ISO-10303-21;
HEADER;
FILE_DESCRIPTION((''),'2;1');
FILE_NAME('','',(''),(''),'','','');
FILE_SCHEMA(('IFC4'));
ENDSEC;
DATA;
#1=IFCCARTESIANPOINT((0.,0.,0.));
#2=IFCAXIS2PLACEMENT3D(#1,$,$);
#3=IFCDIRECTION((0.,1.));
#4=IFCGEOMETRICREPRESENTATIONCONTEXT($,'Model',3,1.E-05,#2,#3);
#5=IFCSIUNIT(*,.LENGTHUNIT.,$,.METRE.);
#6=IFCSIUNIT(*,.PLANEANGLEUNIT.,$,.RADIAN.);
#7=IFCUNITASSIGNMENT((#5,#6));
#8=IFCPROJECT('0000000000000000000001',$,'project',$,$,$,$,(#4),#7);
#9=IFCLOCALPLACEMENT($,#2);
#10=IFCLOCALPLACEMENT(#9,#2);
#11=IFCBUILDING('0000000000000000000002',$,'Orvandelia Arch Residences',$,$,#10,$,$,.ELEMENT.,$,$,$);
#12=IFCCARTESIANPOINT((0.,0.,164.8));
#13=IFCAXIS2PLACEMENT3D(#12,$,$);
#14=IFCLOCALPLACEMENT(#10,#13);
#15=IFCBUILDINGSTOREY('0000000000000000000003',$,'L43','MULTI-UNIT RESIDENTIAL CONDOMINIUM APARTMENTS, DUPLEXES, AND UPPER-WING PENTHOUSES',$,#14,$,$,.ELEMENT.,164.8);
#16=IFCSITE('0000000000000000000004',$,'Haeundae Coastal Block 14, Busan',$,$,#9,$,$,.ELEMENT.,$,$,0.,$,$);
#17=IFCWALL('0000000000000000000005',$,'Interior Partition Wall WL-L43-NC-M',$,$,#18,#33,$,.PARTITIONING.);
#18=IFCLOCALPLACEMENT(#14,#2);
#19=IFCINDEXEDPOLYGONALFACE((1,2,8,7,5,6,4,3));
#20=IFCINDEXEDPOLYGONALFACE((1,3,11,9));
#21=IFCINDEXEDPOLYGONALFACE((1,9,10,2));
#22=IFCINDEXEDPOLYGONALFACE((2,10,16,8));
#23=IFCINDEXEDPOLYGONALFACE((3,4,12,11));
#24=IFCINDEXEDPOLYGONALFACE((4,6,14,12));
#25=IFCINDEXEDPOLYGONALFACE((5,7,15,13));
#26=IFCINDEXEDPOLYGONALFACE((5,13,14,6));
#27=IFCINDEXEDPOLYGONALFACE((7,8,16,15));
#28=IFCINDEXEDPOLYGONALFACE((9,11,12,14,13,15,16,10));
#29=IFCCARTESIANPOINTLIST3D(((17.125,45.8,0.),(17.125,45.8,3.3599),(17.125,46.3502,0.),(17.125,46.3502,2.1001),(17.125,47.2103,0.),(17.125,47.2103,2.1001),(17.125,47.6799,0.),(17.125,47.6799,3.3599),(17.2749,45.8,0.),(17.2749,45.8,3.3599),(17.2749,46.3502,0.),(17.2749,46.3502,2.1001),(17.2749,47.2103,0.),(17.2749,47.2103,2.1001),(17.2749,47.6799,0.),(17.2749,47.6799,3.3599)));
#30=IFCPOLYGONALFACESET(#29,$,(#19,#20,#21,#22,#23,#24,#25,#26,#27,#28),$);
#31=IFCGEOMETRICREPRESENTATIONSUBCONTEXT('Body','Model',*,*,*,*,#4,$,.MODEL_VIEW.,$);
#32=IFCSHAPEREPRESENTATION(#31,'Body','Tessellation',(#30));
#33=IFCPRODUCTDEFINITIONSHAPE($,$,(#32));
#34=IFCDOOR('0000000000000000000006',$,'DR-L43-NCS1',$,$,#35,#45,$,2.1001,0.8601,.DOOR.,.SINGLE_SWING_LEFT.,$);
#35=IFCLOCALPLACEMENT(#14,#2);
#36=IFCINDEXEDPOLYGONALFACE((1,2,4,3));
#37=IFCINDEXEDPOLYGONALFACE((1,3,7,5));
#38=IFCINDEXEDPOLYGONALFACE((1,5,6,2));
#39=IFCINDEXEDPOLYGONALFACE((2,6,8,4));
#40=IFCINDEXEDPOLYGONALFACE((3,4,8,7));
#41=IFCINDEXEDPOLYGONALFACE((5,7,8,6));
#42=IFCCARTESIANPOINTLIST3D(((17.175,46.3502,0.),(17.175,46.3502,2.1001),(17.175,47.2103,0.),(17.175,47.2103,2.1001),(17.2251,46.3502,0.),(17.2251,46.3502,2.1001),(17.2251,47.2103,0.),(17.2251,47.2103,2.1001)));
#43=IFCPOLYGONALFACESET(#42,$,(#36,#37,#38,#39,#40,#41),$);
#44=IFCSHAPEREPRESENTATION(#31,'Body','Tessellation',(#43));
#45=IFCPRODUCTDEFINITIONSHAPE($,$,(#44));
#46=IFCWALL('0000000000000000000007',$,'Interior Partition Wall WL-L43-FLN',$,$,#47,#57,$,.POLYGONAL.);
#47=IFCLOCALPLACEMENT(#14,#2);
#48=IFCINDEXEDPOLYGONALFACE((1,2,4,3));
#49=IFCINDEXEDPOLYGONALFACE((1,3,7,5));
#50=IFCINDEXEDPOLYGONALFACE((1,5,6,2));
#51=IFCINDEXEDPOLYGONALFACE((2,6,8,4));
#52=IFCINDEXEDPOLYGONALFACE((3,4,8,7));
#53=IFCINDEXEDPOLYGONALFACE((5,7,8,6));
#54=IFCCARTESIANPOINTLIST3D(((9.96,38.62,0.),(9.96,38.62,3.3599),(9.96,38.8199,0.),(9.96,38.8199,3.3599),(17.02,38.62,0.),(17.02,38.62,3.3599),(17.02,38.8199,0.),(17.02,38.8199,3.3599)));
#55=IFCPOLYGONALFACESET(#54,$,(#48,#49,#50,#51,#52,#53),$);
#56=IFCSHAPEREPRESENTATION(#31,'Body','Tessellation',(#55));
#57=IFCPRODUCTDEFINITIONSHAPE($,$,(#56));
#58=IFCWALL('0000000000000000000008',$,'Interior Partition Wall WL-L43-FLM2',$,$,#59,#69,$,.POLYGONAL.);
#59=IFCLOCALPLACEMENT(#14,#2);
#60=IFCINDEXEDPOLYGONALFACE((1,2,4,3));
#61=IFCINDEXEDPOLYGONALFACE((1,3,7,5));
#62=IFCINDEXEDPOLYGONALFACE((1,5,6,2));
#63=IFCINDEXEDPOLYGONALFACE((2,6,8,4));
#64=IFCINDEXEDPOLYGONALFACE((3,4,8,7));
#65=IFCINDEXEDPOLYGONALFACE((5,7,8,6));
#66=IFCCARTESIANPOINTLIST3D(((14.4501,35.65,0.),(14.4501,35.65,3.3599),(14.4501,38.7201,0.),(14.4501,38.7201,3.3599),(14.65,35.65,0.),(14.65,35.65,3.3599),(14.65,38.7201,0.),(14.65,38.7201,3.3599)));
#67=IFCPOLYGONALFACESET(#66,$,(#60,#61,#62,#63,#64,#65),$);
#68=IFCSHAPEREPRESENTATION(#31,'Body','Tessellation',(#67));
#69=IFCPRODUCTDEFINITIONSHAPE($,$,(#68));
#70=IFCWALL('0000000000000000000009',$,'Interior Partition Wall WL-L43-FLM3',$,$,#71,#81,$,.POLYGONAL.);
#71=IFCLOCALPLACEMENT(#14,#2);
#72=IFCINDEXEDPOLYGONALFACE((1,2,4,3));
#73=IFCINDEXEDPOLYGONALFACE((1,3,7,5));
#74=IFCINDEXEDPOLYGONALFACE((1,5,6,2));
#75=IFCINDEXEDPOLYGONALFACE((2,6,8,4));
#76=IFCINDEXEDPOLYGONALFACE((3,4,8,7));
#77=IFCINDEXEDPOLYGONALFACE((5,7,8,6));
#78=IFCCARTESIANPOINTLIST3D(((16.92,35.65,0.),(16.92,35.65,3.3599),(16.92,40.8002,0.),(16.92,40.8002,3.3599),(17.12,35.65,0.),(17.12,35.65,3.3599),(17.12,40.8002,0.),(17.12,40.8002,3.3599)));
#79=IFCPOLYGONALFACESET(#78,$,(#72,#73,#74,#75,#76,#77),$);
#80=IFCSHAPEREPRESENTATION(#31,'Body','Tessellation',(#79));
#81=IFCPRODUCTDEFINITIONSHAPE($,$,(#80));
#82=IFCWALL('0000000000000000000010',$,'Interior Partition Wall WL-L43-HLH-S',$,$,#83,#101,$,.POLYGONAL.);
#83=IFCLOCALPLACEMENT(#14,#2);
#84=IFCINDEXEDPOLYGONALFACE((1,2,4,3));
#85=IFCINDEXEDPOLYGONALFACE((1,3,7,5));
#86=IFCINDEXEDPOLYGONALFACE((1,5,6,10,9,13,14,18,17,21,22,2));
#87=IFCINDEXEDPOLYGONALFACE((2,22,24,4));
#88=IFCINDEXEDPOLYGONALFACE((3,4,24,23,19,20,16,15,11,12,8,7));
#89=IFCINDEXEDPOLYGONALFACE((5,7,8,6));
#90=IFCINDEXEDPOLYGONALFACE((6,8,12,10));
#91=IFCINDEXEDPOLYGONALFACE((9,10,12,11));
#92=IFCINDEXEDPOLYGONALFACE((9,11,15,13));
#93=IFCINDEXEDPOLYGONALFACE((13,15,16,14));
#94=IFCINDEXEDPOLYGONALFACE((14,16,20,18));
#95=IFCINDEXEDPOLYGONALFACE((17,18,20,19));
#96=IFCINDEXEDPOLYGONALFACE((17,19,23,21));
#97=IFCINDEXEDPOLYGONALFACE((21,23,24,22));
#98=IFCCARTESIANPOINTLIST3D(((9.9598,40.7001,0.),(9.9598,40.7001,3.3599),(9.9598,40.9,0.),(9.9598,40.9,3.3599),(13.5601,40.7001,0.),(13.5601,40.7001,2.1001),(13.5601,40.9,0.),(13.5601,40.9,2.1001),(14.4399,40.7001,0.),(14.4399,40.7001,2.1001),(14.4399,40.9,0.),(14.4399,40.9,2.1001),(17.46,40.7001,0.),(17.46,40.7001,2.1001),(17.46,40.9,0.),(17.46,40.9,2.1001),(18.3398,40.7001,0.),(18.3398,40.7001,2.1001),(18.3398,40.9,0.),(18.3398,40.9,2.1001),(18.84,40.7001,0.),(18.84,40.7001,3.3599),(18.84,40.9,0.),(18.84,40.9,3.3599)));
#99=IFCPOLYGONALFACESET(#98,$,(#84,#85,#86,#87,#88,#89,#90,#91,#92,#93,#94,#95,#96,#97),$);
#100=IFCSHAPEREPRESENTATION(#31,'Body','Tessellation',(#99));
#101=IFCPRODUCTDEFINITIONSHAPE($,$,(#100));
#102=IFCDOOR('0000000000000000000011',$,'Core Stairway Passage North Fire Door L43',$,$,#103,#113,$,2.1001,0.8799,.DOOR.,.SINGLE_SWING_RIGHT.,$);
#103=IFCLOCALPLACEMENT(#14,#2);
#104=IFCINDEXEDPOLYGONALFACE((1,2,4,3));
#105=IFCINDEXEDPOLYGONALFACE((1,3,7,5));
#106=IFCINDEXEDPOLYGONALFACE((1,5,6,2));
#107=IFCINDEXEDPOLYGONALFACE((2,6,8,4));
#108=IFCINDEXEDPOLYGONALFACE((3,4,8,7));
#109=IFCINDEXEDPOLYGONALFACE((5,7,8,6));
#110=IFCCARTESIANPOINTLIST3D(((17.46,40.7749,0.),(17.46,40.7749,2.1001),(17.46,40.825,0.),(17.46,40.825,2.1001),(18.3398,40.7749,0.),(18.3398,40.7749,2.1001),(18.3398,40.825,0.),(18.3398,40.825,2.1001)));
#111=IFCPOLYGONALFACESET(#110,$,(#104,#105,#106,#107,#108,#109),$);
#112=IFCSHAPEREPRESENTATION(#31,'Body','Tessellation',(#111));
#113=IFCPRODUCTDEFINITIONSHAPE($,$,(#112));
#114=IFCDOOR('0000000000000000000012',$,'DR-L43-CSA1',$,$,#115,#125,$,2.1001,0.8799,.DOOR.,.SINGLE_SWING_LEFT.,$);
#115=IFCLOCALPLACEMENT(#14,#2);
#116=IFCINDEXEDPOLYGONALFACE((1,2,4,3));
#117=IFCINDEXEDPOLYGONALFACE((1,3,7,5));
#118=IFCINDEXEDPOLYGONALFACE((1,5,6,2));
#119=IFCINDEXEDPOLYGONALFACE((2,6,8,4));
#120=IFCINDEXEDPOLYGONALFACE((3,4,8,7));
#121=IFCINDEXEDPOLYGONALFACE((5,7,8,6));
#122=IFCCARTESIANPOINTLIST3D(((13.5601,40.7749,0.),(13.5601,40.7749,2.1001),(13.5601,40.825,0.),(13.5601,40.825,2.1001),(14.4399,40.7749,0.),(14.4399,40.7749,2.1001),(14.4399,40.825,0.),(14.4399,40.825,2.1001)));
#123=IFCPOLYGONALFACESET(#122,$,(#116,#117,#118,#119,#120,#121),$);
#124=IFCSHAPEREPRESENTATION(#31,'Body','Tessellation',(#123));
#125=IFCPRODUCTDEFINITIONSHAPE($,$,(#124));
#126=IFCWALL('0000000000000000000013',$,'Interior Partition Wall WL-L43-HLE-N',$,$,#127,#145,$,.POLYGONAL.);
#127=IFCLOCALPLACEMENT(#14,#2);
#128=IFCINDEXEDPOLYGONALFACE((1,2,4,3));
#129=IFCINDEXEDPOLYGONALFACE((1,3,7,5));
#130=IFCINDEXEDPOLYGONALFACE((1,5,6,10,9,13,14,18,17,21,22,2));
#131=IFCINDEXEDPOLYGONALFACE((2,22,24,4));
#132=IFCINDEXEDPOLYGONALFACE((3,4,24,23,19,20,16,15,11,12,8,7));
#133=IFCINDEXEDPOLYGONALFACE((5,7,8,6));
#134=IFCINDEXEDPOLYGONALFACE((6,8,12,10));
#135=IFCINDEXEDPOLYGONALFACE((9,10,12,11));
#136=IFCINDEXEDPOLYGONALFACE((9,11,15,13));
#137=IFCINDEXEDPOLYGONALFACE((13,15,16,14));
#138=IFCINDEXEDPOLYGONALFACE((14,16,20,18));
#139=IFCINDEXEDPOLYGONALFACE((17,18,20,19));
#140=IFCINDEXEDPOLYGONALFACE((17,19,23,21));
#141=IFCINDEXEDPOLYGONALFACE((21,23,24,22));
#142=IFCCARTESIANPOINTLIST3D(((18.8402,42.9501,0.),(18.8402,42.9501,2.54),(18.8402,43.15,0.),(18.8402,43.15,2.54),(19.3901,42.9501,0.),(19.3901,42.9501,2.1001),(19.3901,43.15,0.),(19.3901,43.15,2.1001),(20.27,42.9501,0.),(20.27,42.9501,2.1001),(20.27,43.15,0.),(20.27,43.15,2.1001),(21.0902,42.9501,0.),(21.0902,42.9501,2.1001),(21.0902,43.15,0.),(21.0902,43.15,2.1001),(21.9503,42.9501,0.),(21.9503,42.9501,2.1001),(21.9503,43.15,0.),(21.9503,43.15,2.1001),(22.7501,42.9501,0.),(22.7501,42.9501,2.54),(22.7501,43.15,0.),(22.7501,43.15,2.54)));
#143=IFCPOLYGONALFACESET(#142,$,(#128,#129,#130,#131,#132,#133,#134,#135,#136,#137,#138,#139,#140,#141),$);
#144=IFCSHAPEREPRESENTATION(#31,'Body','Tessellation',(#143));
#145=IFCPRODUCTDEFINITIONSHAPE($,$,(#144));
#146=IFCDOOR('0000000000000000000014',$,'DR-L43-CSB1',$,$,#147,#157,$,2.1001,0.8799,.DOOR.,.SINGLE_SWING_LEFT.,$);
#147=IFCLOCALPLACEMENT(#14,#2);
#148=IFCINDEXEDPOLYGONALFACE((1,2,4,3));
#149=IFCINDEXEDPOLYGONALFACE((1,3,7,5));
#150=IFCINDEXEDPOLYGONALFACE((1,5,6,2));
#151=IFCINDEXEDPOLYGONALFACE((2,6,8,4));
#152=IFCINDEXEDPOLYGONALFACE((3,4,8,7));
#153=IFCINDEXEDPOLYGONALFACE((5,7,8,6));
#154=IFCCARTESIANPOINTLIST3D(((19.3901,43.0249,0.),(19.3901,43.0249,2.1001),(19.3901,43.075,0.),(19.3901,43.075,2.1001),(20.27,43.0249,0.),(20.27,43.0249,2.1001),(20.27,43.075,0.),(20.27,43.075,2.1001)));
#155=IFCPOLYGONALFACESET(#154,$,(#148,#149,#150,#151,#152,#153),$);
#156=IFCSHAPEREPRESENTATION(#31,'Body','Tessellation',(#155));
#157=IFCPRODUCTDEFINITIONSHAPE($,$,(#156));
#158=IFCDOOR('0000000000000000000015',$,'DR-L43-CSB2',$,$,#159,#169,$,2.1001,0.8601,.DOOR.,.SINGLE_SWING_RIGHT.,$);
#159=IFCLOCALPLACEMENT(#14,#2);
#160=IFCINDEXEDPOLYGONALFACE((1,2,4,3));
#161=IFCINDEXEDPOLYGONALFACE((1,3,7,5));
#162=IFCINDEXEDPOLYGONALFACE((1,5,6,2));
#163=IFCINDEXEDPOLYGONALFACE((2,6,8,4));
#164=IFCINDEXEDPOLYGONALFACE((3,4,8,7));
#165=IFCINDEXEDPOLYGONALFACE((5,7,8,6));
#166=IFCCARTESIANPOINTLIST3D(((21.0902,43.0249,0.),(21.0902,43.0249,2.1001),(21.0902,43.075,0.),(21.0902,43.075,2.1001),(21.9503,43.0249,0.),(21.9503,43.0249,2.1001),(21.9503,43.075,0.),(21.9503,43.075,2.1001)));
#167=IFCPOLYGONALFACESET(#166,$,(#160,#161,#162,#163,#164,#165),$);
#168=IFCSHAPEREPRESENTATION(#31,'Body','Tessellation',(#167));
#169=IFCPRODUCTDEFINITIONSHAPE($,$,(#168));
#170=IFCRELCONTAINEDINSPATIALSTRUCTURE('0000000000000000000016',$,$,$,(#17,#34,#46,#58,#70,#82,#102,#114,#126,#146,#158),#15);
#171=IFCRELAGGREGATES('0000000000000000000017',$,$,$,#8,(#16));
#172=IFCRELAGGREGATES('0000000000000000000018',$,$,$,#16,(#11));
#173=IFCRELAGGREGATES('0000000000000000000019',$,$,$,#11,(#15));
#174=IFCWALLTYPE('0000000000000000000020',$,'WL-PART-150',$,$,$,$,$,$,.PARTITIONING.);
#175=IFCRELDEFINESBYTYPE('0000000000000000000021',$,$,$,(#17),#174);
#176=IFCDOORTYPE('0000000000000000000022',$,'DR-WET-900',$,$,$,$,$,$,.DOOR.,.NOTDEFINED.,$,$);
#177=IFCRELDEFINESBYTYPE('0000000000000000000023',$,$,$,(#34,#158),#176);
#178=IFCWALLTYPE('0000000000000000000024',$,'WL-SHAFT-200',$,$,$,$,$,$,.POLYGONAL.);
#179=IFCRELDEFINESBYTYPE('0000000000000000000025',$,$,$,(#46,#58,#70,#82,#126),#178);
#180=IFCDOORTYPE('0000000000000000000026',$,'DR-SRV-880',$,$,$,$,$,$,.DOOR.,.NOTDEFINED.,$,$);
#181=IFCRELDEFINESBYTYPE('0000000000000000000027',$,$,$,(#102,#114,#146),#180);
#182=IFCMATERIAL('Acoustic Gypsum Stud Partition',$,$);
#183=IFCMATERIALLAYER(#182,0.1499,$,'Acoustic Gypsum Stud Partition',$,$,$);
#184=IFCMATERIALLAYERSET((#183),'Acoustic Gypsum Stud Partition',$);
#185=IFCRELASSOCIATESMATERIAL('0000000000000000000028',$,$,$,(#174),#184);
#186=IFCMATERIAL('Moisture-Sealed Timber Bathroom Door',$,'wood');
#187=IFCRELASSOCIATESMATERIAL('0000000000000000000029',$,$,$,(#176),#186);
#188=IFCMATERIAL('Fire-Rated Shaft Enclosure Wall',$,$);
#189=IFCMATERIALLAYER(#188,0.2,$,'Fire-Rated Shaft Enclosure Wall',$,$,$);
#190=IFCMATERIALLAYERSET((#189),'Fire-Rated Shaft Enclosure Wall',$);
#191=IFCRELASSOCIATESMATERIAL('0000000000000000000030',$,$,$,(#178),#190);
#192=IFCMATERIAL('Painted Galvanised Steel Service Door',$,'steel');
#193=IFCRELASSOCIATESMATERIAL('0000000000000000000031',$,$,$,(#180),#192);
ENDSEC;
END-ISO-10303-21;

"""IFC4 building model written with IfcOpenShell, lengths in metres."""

from ifc_helpers import new_model, si_unit, direction, frame, frame_2d, origin, place, context, subcontext, project, spatial, rectangle, extrude, material, layer, layer_set, type_object, element, fill, save


model = new_model("IFC4")

# Units and contexts
model_context = context("Model", 3, precision=1e-05, world=origin(), true_north=direction((0.0, 1.0)))
body_context = subcontext(model_context, "Body", "Model", "MODEL_VIEW")
ifc_project = project(units=[si_unit("LENGTHUNIT", "METRE"), si_unit("PLANEANGLEUNIT", "RADIAN")], contexts=[model_context])

# Site, building, storey
site_placement = place(None, origin())
site = spatial("IfcSite", under=ifc_project, at=site_placement, Name="Haeundae Coastal Block 14, Busan", CompositionType="ELEMENT", RefElevation=0.0)
building_placement = place(site_placement, origin())
building = spatial("IfcBuilding", under=site, at=building_placement, Name="Orvandelia Arch Residences", CompositionType="ELEMENT")
storey_placement = place(building_placement, frame((0.0, 0.0, 164.8)))
storey = spatial("IfcBuildingStorey", under=building, at=storey_placement, Name="L43", Description="MULTI-UNIT RESIDENTIAL CONDOMINIUM APARTMENTS, DUPLEXES, AND UPPER-WING PENTHOUSES", CompositionType="ELEMENT", Elevation=164.8)

# Wall, opening, door
ifc_material_1 = material(Name="Acoustic Gypsum Stud Partition")
ifc_layer_1 = layer(ifc_material_1, 0.1499, Name="Acoustic Gypsum Stud Partition")
ifc_layer_set_1 = layer_set([ifc_layer_1], Name="Acoustic Gypsum Stud Partition")
wall_type_1 = type_object("IfcWallType", Name="WL-PART-150", PredefinedType="PARTITIONING", material=ifc_layer_set_1)
wall_1_placement = place(storey_placement, frame((17.2, 45.8, 0.0), z_axis=(0.0, 0.0, 1.0), x_axis=(0.0, 1.0, 0.0)))
wall_1 = element("IfcWall", 1, at=wall_1_placement, inside=storey, type_object=wall_type_1, Name="Interior Partition Wall WL-L43-NC-M", PredefinedType="PARTITIONING", context=body_context, shape_type="SweptSolid", body=[
    extrude(rectangle(XDim=1.8799, YDim=0.1499, at=frame_2d((0.9399, 0.0))), origin(), (0.0, 0.0, 1.0), 3.3599),
])
opening_1_placement = place(wall_1_placement, frame((0.55, 0.0, 0.0)))
opening_1 = element("IfcOpeningElement", 2, at=opening_1_placement, cuts=wall_1, PredefinedType="OPENING", context=body_context, shape_type="SweptSolid", body=[
    extrude(rectangle(XDim=0.8601, YDim=2.1001, at=frame_2d((0.4302, 1.05))), frame((0.0, 0.085, 0.0), z_axis=(0.0, -1.0, 0.0), x_axis=(1.0, 0.0, 0.0)), (0.0, 0.0, 1.0), 0.1699),
])
ifc_material_2 = material(Name="Moisture-Sealed Timber Bathroom Door", Category="wood")
door_type_1 = type_object("IfcDoorType", Name="DR-WET-900", OperationType="NOTDEFINED", PredefinedType="DOOR", material=ifc_material_2)
door_1_placement = place(opening_1_placement, origin())
door_1 = element("IfcDoor", 3, at=door_1_placement, inside=storey, type_object=door_type_1, Name="DR-L43-NCS1", OperationType="SINGLE_SWING_LEFT", OverallHeight=2.1001, OverallWidth=0.8601, PredefinedType="DOOR", context=body_context, shape_type="SweptSolid", body=[
    extrude(rectangle(XDim=0.8601, YDim=2.1001, at=frame_2d((0.4302, 1.05))), frame((0.0, 0.0249, 0.0), z_axis=(0.0, -1.0, 0.0), x_axis=(1.0, 0.0, 0.0)), (0.0, 0.0, 1.0), 0.05),
])
fill(opening_1, door_1)

# Walls
ifc_material_3 = material(Name="Fire-Rated Shaft Enclosure Wall")
ifc_layer_2 = layer(ifc_material_3, 0.2, Name="Fire-Rated Shaft Enclosure Wall")
ifc_layer_set_2 = layer_set([ifc_layer_2], Name="Fire-Rated Shaft Enclosure Wall")
wall_type_2 = type_object("IfcWallType", Name="WL-SHAFT-200", PredefinedType="POLYGONAL", material=ifc_layer_set_2)
wall_2_placement = place(storey_placement, frame((9.96, 38.72, 0.0), z_axis=(0.0, 0.0, 1.0), x_axis=(1.0, 0.0, 0.0)))
element("IfcWall", 4, at=wall_2_placement, inside=storey, type_object=wall_type_2, Name="Interior Partition Wall WL-L43-FLN", PredefinedType="POLYGONAL", context=body_context, shape_type="SweptSolid", body=[
    extrude(rectangle(XDim=7.0601, YDim=0.2, at=frame_2d((3.53, 0.0))), origin(), (0.0, 0.0, 1.0), 3.3599),
])
wall_3_placement = place(storey_placement, frame((14.55, 35.6499, 0.0), z_axis=(0.0, 0.0, 1.0), x_axis=(0.0, 1.0, 0.0)))
element("IfcWall", 5, at=wall_3_placement, inside=storey, type_object=wall_type_2, Name="Interior Partition Wall WL-L43-FLM2", PredefinedType="POLYGONAL", context=body_context, shape_type="SweptSolid", body=[
    extrude(rectangle(XDim=3.0701, YDim=0.2, at=frame_2d((1.5352, 0.0))), origin(), (0.0, 0.0, 1.0), 3.3599),
])
wall_4_placement = place(storey_placement, frame((17.02, 35.6499, 0.0), z_axis=(0.0, 0.0, 1.0), x_axis=(0.0, 1.0, 0.0)))
element("IfcWall", 6, at=wall_4_placement, inside=storey, type_object=wall_type_2, Name="Interior Partition Wall WL-L43-FLM3", PredefinedType="POLYGONAL", context=body_context, shape_type="SweptSolid", body=[
    extrude(rectangle(XDim=5.1501, YDim=0.2, at=frame_2d((2.5752, 0.0))), origin(), (0.0, 0.0, 1.0), 3.3599),
])

# Walls, openings, doors
wall_5_placement = place(storey_placement, frame((9.96, 40.8, 0.0), z_axis=(0.0, 0.0, 1.0), x_axis=(1.0, 0.0, 0.0)))
wall_5 = element("IfcWall", 7, at=wall_5_placement, inside=storey, type_object=wall_type_2, Name="Interior Partition Wall WL-L43-HLH-S", PredefinedType="POLYGONAL", context=body_context, shape_type="SweptSolid", body=[
    extrude(rectangle(XDim=8.8801, YDim=0.2, at=frame_2d((4.4399, 0.0))), origin(), (0.0, 0.0, 1.0), 3.3599),
])
opening_2_placement = place(wall_5_placement, frame((7.5, 0.0, 0.0)))
opening_2 = element("IfcOpeningElement", 8, at=opening_2_placement, cuts=wall_5, PredefinedType="OPENING", context=body_context, shape_type="SweptSolid", body=[
    extrude(rectangle(XDim=0.8799, YDim=2.1001, at=frame_2d((0.4399, 1.05))), frame((0.0, 0.1099, 0.0), z_axis=(0.0, -1.0, 0.0), x_axis=(1.0, 0.0, 0.0)), (0.0, 0.0, 1.0), 0.22),
])
opening_3_placement = place(wall_5_placement, frame((3.6001, 0.0, 0.0)))
opening_3 = element("IfcOpeningElement", 9, at=opening_3_placement, cuts=wall_5, PredefinedType="OPENING", context=body_context, shape_type="SweptSolid", body=[
    extrude(rectangle(XDim=0.8799, YDim=2.1001, at=frame_2d((0.4399, 1.05))), frame((0.0, 0.1099, 0.0), z_axis=(0.0, -1.0, 0.0), x_axis=(1.0, 0.0, 0.0)), (0.0, 0.0, 1.0), 0.22),
])
ifc_material_4 = material(Name="Painted Galvanised Steel Service Door", Category="steel")
door_type_2 = type_object("IfcDoorType", Name="DR-SRV-880", OperationType="NOTDEFINED", PredefinedType="DOOR", material=ifc_material_4)
door_2_placement = place(opening_2_placement, origin())
door_2 = element("IfcDoor", 10, at=door_2_placement, inside=storey, type_object=door_type_2, Name="Core Stairway Passage North Fire Door L43", OperationType="SINGLE_SWING_RIGHT", OverallHeight=2.1001, OverallWidth=0.8799, PredefinedType="DOOR", context=body_context, shape_type="SweptSolid", body=[
    extrude(rectangle(XDim=0.8799, YDim=2.1001, at=frame_2d((0.4399, 1.05))), frame((0.0, 0.0249, 0.0), z_axis=(0.0, -1.0, 0.0), x_axis=(1.0, 0.0, 0.0)), (0.0, 0.0, 1.0), 0.05),
])
fill(opening_2, door_2)
door_3_placement = place(opening_3_placement, origin())
door_3 = element("IfcDoor", 11, at=door_3_placement, inside=storey, type_object=door_type_2, Name="DR-L43-CSA1", OperationType="SINGLE_SWING_LEFT", OverallHeight=2.1001, OverallWidth=0.8799, PredefinedType="DOOR", context=body_context, shape_type="SweptSolid", body=[
    extrude(rectangle(XDim=0.8799, YDim=2.1001, at=frame_2d((0.4399, 1.05))), frame((0.0, 0.0249, 0.0), z_axis=(0.0, -1.0, 0.0), x_axis=(1.0, 0.0, 0.0)), (0.0, 0.0, 1.0), 0.05),
])
fill(opening_3, door_3)
wall_6_placement = place(storey_placement, frame((18.8401, 43.05, 0.0), z_axis=(0.0, 0.0, 1.0), x_axis=(1.0, 0.0, 0.0)))
wall_6 = element("IfcWall", 12, at=wall_6_placement, inside=storey, type_object=wall_type_2, Name="Interior Partition Wall WL-L43-HLE-N", PredefinedType="POLYGONAL", context=body_context, shape_type="SweptSolid", body=[
    extrude(rectangle(XDim=3.9099, YDim=0.2, at=frame_2d((1.9551, 0.0))), origin(), (0.0, 0.0, 1.0), 2.54),
])
opening_4_placement = place(wall_6_placement, frame((0.55, 0.0, 0.0)))
opening_4 = element("IfcOpeningElement", 13, at=opening_4_placement, cuts=wall_6, PredefinedType="OPENING", context=body_context, shape_type="SweptSolid", body=[
    extrude(rectangle(XDim=0.8799, YDim=2.1001, at=frame_2d((0.4399, 1.05))), frame((0.0, 0.1099, 0.0), z_axis=(0.0, -1.0, 0.0), x_axis=(1.0, 0.0, 0.0)), (0.0, 0.0, 1.0), 0.22),
])
opening_5_placement = place(wall_6_placement, frame((2.25, 0.0, 0.0)))
opening_5 = element("IfcOpeningElement", 14, at=opening_5_placement, cuts=wall_6, PredefinedType="OPENING", context=body_context, shape_type="SweptSolid", body=[
    extrude(rectangle(XDim=0.8601, YDim=2.1001, at=frame_2d((0.4302, 1.05))), frame((0.0, 0.1099, 0.0), z_axis=(0.0, -1.0, 0.0), x_axis=(1.0, 0.0, 0.0)), (0.0, 0.0, 1.0), 0.22),
])
door_4_placement = place(opening_4_placement, origin())
door_4 = element("IfcDoor", 15, at=door_4_placement, inside=storey, type_object=door_type_2, Name="DR-L43-CSB1", OperationType="SINGLE_SWING_LEFT", OverallHeight=2.1001, OverallWidth=0.8799, PredefinedType="DOOR", context=body_context, shape_type="SweptSolid", body=[
    extrude(rectangle(XDim=0.8799, YDim=2.1001, at=frame_2d((0.4399, 1.05))), frame((0.0, 0.0249, 0.0), z_axis=(0.0, -1.0, 0.0), x_axis=(1.0, 0.0, 0.0)), (0.0, 0.0, 1.0), 0.05),
])
fill(opening_4, door_4)
door_5_placement = place(opening_5_placement, origin())
door_5 = element("IfcDoor", 16, at=door_5_placement, inside=storey, type_object=door_type_1, Name="DR-L43-CSB2", OperationType="SINGLE_SWING_RIGHT", OverallHeight=2.1001, OverallWidth=0.8601, PredefinedType="DOOR", context=body_context, shape_type="SweptSolid", body=[
    extrude(rectangle(XDim=0.8601, YDim=2.1001, at=frame_2d((0.4302, 1.05))), frame((0.0, 0.0249, 0.0), z_axis=(0.0, -1.0, 0.0), x_axis=(1.0, 0.0, 0.0)), (0.0, 0.0, 1.0), 0.05),
])
fill(opening_5, door_5)

save(model, "model.ifc")
